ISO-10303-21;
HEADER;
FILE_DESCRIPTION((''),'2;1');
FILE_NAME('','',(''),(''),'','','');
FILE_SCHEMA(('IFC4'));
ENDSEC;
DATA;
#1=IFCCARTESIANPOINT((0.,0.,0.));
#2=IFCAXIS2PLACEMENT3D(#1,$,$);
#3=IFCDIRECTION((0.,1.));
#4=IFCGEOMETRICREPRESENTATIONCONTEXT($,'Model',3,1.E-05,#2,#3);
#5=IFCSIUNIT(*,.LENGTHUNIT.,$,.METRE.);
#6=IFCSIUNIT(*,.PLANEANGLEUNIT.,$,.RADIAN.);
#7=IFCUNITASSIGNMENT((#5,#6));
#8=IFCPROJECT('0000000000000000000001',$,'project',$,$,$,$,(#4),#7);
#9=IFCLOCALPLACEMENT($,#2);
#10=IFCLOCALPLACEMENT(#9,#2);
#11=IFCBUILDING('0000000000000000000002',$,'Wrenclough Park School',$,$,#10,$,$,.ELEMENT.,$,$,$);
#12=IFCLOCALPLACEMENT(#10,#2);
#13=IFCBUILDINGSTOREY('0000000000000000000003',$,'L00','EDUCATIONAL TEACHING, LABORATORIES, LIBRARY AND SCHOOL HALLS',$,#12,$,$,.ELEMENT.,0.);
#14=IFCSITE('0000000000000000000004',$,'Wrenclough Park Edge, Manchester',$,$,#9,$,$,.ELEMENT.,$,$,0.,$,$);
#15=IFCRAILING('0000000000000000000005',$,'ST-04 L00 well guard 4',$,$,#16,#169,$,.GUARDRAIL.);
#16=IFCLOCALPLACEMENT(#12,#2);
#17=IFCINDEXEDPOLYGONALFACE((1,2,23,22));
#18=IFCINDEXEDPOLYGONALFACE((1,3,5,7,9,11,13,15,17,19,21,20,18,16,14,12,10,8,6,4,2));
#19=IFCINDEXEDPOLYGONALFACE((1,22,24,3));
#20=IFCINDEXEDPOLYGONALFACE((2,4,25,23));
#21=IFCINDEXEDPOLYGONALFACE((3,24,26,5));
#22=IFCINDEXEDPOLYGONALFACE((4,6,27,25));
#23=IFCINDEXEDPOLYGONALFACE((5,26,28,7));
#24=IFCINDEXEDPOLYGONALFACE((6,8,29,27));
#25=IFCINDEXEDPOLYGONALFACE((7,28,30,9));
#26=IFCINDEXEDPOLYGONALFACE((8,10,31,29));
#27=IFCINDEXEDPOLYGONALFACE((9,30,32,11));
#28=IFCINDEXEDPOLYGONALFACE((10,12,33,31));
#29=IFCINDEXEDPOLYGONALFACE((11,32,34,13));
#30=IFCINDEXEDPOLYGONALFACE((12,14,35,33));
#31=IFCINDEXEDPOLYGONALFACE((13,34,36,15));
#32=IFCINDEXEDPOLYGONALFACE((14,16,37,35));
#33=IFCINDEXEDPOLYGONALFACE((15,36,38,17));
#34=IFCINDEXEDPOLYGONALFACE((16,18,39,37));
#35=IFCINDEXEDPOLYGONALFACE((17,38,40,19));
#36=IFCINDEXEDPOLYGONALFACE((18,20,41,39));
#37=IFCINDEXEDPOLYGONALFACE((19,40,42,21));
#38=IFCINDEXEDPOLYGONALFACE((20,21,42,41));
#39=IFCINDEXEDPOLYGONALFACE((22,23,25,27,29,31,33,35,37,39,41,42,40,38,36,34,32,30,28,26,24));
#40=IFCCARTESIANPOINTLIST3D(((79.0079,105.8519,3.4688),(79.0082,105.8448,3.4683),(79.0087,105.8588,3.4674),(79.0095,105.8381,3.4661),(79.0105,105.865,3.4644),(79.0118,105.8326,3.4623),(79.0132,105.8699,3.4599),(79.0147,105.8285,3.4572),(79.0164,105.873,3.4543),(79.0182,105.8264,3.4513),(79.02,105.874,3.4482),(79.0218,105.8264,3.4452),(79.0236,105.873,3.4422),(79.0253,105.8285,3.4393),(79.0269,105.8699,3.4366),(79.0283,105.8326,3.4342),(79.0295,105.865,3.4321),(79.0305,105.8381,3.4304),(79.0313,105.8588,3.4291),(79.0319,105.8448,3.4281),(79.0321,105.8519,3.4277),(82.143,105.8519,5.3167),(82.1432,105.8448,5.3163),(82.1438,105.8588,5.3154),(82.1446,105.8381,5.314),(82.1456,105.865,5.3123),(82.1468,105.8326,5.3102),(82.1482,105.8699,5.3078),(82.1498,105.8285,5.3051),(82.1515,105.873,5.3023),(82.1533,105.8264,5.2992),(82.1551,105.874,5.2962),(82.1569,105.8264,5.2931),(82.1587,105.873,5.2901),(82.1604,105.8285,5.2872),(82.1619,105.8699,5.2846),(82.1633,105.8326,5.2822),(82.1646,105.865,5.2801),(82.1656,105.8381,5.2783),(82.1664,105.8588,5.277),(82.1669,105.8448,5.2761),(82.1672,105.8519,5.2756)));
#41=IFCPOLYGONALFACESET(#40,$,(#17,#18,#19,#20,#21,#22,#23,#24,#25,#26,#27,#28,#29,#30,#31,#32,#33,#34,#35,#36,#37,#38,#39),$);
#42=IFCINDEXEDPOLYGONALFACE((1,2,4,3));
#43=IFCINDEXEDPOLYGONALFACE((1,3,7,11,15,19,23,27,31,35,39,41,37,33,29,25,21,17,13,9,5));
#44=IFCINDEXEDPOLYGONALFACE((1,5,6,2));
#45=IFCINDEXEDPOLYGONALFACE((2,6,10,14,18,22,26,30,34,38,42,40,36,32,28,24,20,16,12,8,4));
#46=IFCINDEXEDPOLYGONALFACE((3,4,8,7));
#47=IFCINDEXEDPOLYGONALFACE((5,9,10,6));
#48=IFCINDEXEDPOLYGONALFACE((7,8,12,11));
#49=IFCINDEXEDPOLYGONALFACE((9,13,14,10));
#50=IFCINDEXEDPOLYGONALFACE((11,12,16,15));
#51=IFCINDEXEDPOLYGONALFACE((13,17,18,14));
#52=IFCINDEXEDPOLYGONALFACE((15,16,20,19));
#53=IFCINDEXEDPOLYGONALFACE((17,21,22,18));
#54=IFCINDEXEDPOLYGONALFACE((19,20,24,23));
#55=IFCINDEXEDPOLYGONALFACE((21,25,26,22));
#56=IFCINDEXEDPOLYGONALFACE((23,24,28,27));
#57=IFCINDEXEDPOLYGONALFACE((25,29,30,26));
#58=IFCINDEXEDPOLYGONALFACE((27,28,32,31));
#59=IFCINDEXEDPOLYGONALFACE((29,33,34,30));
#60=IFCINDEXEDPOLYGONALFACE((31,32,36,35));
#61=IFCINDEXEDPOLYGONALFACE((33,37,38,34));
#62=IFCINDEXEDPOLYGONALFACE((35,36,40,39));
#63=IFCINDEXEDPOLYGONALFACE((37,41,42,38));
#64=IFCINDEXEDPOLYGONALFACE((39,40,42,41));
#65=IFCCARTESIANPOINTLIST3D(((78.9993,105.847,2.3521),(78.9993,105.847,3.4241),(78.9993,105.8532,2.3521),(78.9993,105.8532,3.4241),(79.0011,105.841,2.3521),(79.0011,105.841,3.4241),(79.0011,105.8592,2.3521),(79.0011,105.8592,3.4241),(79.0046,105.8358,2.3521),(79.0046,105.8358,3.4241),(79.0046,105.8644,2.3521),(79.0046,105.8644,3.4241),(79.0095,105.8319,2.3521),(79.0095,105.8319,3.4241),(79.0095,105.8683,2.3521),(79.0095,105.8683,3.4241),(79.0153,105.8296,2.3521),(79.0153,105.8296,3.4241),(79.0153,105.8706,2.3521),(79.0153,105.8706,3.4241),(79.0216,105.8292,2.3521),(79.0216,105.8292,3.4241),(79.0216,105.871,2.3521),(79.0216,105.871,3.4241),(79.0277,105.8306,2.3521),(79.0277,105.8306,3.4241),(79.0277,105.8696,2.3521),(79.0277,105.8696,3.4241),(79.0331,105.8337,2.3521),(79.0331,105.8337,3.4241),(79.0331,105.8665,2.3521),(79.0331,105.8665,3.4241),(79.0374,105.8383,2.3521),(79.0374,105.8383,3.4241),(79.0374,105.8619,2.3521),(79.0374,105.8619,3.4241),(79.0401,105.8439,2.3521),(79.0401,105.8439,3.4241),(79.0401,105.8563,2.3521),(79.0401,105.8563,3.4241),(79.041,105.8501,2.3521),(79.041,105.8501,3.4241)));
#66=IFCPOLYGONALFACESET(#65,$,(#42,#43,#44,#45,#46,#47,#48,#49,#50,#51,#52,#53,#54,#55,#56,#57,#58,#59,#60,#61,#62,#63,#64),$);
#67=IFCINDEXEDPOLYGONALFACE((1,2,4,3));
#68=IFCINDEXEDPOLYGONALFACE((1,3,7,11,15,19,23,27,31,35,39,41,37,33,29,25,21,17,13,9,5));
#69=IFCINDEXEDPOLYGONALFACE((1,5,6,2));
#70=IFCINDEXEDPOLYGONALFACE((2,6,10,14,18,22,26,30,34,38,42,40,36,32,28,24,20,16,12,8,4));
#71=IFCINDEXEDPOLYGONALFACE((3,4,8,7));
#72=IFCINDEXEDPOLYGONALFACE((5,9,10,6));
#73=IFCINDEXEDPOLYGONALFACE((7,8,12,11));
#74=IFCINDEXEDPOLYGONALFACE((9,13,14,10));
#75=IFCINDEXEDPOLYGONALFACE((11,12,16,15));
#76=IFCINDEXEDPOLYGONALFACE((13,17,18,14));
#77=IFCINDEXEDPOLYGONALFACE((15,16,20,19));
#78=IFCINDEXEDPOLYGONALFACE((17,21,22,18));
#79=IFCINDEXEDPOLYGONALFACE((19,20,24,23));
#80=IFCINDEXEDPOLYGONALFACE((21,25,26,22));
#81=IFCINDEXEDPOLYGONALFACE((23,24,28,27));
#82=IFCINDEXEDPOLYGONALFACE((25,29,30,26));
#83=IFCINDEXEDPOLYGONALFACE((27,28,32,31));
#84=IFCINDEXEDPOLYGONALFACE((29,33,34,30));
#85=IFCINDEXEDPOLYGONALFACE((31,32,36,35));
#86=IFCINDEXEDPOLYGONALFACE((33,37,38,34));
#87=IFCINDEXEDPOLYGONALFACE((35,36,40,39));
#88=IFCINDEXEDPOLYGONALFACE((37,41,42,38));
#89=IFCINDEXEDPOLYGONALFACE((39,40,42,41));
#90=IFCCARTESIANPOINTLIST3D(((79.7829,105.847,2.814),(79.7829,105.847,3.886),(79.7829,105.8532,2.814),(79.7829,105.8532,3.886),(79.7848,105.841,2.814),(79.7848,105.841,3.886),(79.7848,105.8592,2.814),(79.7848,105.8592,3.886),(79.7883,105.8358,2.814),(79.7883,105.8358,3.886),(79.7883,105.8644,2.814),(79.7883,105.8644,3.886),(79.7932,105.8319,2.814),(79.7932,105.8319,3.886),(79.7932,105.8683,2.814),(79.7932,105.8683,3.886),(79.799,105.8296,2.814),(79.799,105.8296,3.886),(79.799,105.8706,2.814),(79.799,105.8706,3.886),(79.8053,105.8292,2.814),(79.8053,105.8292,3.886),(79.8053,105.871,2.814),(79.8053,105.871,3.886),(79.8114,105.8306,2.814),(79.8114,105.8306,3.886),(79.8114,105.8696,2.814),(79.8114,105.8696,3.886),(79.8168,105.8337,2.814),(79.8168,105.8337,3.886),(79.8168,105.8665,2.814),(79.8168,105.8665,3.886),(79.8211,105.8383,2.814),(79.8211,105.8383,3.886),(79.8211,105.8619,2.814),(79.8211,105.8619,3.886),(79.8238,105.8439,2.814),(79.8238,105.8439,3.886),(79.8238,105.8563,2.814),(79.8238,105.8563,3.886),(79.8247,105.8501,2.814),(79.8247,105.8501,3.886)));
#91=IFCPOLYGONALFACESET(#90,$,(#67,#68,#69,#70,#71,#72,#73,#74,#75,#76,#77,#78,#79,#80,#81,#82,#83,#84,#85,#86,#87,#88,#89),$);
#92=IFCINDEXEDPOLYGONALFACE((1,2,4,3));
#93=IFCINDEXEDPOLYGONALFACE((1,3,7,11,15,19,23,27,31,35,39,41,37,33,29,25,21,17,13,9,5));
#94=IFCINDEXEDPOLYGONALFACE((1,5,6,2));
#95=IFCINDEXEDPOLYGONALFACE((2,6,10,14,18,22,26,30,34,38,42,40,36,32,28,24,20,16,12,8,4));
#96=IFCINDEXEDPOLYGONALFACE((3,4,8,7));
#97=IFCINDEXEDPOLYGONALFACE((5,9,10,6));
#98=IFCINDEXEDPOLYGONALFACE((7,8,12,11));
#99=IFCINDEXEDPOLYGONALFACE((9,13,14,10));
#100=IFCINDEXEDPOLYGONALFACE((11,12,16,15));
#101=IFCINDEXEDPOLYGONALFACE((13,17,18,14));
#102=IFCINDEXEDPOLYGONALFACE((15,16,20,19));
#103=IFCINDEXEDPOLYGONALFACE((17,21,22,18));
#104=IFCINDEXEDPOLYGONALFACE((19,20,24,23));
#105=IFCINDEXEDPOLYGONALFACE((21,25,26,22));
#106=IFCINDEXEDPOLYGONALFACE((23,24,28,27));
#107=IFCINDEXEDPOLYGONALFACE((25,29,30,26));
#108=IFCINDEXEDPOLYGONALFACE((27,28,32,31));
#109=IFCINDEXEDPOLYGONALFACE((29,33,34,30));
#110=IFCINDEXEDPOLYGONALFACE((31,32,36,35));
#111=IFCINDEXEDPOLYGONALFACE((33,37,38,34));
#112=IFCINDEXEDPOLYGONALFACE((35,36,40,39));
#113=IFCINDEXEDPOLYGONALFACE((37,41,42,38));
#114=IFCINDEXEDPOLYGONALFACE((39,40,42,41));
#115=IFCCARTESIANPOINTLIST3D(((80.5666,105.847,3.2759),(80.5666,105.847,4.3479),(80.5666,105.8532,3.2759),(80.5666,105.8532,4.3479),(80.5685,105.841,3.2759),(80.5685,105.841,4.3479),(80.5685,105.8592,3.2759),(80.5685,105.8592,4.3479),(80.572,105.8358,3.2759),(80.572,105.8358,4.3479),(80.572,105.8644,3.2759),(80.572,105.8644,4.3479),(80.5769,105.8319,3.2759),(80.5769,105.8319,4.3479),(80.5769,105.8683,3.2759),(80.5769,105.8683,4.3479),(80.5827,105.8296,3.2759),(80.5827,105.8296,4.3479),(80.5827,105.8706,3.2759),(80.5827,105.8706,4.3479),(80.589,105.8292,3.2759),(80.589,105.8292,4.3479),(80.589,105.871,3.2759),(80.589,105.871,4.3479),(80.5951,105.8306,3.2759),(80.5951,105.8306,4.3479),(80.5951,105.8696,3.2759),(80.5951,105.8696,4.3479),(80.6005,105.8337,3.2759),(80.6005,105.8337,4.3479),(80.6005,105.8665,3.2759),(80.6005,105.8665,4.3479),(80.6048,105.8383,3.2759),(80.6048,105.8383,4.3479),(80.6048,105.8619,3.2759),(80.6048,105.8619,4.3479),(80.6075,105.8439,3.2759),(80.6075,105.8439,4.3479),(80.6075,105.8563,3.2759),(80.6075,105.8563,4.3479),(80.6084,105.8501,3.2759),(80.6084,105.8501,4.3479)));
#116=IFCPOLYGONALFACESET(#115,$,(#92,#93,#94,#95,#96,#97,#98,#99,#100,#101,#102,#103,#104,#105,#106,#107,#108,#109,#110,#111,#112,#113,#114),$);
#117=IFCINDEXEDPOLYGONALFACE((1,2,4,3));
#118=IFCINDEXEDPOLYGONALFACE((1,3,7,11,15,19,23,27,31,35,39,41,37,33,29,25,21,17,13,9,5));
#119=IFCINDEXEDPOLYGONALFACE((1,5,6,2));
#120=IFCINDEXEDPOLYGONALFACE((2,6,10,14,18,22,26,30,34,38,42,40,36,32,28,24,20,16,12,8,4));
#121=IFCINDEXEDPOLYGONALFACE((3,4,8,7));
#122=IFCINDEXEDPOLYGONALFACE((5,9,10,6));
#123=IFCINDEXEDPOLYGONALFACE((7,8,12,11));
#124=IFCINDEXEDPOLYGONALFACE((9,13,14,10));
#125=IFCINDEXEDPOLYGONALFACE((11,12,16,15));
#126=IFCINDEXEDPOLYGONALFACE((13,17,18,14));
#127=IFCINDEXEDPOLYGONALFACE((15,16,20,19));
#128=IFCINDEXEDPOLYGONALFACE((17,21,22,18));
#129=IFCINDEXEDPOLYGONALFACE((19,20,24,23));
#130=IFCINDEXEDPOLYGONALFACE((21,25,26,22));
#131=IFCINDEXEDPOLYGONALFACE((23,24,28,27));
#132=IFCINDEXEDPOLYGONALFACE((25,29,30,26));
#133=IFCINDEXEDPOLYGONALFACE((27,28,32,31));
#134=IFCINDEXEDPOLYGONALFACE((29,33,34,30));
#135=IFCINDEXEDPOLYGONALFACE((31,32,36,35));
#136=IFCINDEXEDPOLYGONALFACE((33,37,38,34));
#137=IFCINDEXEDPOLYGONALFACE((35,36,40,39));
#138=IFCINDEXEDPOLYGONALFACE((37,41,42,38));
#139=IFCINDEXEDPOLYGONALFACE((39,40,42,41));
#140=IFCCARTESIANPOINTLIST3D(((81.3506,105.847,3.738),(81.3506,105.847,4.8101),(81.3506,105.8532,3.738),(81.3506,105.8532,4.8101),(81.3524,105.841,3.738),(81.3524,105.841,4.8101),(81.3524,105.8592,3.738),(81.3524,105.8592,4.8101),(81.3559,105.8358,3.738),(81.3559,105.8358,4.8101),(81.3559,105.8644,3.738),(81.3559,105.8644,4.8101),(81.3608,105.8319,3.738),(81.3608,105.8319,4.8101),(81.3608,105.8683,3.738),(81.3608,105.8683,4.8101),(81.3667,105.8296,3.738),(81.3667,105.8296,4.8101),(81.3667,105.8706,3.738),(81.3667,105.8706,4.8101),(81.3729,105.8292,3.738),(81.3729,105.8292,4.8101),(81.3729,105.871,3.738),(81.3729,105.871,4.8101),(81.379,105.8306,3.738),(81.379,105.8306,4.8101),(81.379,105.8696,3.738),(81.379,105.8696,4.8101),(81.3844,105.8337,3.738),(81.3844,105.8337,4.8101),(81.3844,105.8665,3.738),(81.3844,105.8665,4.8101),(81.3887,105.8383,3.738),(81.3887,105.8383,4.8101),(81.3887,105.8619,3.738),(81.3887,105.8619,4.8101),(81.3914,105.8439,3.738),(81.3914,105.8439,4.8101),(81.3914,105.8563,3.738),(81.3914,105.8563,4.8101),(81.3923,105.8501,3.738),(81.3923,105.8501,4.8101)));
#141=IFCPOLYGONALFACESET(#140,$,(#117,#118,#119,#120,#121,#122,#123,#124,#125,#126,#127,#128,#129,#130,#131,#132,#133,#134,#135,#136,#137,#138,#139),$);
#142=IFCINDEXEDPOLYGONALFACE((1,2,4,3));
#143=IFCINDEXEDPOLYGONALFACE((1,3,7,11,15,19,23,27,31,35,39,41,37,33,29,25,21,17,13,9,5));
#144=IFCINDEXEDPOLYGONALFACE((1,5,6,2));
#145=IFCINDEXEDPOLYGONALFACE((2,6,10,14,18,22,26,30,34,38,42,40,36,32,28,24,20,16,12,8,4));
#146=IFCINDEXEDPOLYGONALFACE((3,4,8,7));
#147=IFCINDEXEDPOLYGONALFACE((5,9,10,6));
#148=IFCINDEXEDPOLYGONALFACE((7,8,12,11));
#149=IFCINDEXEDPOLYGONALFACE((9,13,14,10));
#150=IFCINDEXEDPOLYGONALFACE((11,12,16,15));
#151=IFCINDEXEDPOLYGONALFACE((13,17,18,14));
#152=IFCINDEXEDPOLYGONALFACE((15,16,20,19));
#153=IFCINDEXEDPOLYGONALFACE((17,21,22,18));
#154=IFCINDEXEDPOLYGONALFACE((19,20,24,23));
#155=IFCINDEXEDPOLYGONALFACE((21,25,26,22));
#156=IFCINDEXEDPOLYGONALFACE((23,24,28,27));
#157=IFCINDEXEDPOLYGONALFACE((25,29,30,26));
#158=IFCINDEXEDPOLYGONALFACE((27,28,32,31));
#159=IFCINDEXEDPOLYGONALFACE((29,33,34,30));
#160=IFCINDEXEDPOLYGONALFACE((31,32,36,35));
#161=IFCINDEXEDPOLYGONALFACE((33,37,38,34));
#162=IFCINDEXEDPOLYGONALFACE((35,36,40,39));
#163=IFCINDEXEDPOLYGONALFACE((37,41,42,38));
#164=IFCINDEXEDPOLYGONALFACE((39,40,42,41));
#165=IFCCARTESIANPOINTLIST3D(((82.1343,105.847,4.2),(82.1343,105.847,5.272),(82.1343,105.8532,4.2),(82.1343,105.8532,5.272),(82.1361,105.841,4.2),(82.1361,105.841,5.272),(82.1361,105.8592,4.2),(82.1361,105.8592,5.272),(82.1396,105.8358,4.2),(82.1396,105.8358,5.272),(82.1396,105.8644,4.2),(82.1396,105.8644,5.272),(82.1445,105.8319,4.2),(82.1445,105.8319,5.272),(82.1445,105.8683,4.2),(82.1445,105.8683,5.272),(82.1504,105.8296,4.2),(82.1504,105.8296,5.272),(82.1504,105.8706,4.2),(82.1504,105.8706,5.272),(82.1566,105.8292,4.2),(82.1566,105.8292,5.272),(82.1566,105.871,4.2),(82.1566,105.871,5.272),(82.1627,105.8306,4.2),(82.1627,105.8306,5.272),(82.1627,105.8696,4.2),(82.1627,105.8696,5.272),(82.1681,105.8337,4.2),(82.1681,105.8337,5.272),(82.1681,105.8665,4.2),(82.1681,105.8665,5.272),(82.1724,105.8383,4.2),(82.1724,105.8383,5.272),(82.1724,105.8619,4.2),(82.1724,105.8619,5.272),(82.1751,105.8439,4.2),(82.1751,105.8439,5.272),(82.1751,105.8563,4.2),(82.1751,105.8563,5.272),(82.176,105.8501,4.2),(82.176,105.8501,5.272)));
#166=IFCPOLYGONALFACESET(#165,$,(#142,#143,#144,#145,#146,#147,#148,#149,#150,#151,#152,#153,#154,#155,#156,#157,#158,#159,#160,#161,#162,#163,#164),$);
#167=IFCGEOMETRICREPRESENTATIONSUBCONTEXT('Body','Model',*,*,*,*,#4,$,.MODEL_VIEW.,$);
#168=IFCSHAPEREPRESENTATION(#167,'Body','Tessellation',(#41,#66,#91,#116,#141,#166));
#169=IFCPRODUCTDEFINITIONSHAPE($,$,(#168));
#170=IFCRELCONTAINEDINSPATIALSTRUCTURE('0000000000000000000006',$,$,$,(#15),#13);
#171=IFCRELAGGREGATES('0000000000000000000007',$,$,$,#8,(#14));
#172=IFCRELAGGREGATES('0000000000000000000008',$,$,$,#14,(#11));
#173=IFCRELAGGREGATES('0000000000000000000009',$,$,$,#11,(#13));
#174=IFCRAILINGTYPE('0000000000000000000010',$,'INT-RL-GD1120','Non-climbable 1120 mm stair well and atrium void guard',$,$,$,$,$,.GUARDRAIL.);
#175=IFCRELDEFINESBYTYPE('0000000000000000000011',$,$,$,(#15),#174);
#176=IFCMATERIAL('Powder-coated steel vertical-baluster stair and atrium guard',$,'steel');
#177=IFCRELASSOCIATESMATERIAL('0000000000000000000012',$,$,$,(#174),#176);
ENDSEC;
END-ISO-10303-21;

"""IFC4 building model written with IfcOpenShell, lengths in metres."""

from ifc_helpers import new_model, si_unit, direction, frame, origin, origin_2d, place, context, subcontext, project, spatial, circle, extrude, material, type_object, element, save


model = new_model("IFC4")

# Units and contexts
model_context = context("Model", 3, precision=1e-05, world=origin(), true_north=direction((0.0, 1.0)))
body_context = subcontext(model_context, "Body", "Model", "MODEL_VIEW")
ifc_project = project(units=[si_unit("LENGTHUNIT", "METRE"), si_unit("PLANEANGLEUNIT", "RADIAN")], contexts=[model_context])

# Site, building, storey
site_placement = place(None, origin())
site = spatial("IfcSite", under=ifc_project, at=site_placement, Name="Wrenclough Park Edge, Manchester", CompositionType="ELEMENT", RefElevation=0.0)
building_placement = place(site_placement, origin())
building = spatial("IfcBuilding", under=site, at=building_placement, Name="Wrenclough Park School", CompositionType="ELEMENT")
storey_placement = place(building_placement, origin())
storey = spatial("IfcBuildingStorey", under=building, at=storey_placement, Name="L00", Description="EDUCATIONAL TEACHING, LABORATORIES, LIBRARY AND SCHOOL HALLS", CompositionType="ELEMENT", Elevation=0.0)

# Railing
ifc_material_1 = material(Name="Powder-coated steel vertical-baluster stair and atrium guard", Category="steel")
railing_type_1 = type_object("IfcRailingType", Name="INT-RL-GD1120", Description="Non-climbable 1120 mm stair well and atrium void guard", PredefinedType="GUARDRAIL", material=ifc_material_1)
railing_1_placement = place(storey_placement, frame((79.02, 105.8501, 2.3521)))
element("IfcRailing", 1, at=railing_1_placement, inside=storey, type_object=railing_type_1, Name="ST-04 L00 well guard 4", PredefinedType="GUARDRAIL", context=body_context, shape_type="SweptSolid", body=[
    extrude(circle(Radius=0.0239, at=origin_2d()), frame((0.0, 0.0, 1.0962), z_axis=(0.86148, 0.0, 0.507791), x_axis=(0.0, 1.0, 0.0)), (0.0, 0.0, 1.0), 3.6392),
    extrude(circle(Radius=0.021, at=origin_2d()), origin(), (0.0, 0.0, 1.0), 1.072),
    extrude(circle(Radius=0.021, at=origin_2d()), frame((0.7837, 0.0, 0.4619)), (0.0, 0.0, 1.0), 1.072),
    extrude(circle(Radius=0.021, at=origin_2d()), frame((1.5674, 0.0, 0.9238)), (0.0, 0.0, 1.0), 1.072),
    extrude(circle(Radius=0.021, at=origin_2d()), frame((2.3513, 0.0, 1.386)), (0.0, 0.0, 1.0), 1.072),
    extrude(circle(Radius=0.021, at=origin_2d()), frame((3.135, 0.0, 1.8479)), (0.0, 0.0, 1.0), 1.072),
])

save(model, "model.ifc")
